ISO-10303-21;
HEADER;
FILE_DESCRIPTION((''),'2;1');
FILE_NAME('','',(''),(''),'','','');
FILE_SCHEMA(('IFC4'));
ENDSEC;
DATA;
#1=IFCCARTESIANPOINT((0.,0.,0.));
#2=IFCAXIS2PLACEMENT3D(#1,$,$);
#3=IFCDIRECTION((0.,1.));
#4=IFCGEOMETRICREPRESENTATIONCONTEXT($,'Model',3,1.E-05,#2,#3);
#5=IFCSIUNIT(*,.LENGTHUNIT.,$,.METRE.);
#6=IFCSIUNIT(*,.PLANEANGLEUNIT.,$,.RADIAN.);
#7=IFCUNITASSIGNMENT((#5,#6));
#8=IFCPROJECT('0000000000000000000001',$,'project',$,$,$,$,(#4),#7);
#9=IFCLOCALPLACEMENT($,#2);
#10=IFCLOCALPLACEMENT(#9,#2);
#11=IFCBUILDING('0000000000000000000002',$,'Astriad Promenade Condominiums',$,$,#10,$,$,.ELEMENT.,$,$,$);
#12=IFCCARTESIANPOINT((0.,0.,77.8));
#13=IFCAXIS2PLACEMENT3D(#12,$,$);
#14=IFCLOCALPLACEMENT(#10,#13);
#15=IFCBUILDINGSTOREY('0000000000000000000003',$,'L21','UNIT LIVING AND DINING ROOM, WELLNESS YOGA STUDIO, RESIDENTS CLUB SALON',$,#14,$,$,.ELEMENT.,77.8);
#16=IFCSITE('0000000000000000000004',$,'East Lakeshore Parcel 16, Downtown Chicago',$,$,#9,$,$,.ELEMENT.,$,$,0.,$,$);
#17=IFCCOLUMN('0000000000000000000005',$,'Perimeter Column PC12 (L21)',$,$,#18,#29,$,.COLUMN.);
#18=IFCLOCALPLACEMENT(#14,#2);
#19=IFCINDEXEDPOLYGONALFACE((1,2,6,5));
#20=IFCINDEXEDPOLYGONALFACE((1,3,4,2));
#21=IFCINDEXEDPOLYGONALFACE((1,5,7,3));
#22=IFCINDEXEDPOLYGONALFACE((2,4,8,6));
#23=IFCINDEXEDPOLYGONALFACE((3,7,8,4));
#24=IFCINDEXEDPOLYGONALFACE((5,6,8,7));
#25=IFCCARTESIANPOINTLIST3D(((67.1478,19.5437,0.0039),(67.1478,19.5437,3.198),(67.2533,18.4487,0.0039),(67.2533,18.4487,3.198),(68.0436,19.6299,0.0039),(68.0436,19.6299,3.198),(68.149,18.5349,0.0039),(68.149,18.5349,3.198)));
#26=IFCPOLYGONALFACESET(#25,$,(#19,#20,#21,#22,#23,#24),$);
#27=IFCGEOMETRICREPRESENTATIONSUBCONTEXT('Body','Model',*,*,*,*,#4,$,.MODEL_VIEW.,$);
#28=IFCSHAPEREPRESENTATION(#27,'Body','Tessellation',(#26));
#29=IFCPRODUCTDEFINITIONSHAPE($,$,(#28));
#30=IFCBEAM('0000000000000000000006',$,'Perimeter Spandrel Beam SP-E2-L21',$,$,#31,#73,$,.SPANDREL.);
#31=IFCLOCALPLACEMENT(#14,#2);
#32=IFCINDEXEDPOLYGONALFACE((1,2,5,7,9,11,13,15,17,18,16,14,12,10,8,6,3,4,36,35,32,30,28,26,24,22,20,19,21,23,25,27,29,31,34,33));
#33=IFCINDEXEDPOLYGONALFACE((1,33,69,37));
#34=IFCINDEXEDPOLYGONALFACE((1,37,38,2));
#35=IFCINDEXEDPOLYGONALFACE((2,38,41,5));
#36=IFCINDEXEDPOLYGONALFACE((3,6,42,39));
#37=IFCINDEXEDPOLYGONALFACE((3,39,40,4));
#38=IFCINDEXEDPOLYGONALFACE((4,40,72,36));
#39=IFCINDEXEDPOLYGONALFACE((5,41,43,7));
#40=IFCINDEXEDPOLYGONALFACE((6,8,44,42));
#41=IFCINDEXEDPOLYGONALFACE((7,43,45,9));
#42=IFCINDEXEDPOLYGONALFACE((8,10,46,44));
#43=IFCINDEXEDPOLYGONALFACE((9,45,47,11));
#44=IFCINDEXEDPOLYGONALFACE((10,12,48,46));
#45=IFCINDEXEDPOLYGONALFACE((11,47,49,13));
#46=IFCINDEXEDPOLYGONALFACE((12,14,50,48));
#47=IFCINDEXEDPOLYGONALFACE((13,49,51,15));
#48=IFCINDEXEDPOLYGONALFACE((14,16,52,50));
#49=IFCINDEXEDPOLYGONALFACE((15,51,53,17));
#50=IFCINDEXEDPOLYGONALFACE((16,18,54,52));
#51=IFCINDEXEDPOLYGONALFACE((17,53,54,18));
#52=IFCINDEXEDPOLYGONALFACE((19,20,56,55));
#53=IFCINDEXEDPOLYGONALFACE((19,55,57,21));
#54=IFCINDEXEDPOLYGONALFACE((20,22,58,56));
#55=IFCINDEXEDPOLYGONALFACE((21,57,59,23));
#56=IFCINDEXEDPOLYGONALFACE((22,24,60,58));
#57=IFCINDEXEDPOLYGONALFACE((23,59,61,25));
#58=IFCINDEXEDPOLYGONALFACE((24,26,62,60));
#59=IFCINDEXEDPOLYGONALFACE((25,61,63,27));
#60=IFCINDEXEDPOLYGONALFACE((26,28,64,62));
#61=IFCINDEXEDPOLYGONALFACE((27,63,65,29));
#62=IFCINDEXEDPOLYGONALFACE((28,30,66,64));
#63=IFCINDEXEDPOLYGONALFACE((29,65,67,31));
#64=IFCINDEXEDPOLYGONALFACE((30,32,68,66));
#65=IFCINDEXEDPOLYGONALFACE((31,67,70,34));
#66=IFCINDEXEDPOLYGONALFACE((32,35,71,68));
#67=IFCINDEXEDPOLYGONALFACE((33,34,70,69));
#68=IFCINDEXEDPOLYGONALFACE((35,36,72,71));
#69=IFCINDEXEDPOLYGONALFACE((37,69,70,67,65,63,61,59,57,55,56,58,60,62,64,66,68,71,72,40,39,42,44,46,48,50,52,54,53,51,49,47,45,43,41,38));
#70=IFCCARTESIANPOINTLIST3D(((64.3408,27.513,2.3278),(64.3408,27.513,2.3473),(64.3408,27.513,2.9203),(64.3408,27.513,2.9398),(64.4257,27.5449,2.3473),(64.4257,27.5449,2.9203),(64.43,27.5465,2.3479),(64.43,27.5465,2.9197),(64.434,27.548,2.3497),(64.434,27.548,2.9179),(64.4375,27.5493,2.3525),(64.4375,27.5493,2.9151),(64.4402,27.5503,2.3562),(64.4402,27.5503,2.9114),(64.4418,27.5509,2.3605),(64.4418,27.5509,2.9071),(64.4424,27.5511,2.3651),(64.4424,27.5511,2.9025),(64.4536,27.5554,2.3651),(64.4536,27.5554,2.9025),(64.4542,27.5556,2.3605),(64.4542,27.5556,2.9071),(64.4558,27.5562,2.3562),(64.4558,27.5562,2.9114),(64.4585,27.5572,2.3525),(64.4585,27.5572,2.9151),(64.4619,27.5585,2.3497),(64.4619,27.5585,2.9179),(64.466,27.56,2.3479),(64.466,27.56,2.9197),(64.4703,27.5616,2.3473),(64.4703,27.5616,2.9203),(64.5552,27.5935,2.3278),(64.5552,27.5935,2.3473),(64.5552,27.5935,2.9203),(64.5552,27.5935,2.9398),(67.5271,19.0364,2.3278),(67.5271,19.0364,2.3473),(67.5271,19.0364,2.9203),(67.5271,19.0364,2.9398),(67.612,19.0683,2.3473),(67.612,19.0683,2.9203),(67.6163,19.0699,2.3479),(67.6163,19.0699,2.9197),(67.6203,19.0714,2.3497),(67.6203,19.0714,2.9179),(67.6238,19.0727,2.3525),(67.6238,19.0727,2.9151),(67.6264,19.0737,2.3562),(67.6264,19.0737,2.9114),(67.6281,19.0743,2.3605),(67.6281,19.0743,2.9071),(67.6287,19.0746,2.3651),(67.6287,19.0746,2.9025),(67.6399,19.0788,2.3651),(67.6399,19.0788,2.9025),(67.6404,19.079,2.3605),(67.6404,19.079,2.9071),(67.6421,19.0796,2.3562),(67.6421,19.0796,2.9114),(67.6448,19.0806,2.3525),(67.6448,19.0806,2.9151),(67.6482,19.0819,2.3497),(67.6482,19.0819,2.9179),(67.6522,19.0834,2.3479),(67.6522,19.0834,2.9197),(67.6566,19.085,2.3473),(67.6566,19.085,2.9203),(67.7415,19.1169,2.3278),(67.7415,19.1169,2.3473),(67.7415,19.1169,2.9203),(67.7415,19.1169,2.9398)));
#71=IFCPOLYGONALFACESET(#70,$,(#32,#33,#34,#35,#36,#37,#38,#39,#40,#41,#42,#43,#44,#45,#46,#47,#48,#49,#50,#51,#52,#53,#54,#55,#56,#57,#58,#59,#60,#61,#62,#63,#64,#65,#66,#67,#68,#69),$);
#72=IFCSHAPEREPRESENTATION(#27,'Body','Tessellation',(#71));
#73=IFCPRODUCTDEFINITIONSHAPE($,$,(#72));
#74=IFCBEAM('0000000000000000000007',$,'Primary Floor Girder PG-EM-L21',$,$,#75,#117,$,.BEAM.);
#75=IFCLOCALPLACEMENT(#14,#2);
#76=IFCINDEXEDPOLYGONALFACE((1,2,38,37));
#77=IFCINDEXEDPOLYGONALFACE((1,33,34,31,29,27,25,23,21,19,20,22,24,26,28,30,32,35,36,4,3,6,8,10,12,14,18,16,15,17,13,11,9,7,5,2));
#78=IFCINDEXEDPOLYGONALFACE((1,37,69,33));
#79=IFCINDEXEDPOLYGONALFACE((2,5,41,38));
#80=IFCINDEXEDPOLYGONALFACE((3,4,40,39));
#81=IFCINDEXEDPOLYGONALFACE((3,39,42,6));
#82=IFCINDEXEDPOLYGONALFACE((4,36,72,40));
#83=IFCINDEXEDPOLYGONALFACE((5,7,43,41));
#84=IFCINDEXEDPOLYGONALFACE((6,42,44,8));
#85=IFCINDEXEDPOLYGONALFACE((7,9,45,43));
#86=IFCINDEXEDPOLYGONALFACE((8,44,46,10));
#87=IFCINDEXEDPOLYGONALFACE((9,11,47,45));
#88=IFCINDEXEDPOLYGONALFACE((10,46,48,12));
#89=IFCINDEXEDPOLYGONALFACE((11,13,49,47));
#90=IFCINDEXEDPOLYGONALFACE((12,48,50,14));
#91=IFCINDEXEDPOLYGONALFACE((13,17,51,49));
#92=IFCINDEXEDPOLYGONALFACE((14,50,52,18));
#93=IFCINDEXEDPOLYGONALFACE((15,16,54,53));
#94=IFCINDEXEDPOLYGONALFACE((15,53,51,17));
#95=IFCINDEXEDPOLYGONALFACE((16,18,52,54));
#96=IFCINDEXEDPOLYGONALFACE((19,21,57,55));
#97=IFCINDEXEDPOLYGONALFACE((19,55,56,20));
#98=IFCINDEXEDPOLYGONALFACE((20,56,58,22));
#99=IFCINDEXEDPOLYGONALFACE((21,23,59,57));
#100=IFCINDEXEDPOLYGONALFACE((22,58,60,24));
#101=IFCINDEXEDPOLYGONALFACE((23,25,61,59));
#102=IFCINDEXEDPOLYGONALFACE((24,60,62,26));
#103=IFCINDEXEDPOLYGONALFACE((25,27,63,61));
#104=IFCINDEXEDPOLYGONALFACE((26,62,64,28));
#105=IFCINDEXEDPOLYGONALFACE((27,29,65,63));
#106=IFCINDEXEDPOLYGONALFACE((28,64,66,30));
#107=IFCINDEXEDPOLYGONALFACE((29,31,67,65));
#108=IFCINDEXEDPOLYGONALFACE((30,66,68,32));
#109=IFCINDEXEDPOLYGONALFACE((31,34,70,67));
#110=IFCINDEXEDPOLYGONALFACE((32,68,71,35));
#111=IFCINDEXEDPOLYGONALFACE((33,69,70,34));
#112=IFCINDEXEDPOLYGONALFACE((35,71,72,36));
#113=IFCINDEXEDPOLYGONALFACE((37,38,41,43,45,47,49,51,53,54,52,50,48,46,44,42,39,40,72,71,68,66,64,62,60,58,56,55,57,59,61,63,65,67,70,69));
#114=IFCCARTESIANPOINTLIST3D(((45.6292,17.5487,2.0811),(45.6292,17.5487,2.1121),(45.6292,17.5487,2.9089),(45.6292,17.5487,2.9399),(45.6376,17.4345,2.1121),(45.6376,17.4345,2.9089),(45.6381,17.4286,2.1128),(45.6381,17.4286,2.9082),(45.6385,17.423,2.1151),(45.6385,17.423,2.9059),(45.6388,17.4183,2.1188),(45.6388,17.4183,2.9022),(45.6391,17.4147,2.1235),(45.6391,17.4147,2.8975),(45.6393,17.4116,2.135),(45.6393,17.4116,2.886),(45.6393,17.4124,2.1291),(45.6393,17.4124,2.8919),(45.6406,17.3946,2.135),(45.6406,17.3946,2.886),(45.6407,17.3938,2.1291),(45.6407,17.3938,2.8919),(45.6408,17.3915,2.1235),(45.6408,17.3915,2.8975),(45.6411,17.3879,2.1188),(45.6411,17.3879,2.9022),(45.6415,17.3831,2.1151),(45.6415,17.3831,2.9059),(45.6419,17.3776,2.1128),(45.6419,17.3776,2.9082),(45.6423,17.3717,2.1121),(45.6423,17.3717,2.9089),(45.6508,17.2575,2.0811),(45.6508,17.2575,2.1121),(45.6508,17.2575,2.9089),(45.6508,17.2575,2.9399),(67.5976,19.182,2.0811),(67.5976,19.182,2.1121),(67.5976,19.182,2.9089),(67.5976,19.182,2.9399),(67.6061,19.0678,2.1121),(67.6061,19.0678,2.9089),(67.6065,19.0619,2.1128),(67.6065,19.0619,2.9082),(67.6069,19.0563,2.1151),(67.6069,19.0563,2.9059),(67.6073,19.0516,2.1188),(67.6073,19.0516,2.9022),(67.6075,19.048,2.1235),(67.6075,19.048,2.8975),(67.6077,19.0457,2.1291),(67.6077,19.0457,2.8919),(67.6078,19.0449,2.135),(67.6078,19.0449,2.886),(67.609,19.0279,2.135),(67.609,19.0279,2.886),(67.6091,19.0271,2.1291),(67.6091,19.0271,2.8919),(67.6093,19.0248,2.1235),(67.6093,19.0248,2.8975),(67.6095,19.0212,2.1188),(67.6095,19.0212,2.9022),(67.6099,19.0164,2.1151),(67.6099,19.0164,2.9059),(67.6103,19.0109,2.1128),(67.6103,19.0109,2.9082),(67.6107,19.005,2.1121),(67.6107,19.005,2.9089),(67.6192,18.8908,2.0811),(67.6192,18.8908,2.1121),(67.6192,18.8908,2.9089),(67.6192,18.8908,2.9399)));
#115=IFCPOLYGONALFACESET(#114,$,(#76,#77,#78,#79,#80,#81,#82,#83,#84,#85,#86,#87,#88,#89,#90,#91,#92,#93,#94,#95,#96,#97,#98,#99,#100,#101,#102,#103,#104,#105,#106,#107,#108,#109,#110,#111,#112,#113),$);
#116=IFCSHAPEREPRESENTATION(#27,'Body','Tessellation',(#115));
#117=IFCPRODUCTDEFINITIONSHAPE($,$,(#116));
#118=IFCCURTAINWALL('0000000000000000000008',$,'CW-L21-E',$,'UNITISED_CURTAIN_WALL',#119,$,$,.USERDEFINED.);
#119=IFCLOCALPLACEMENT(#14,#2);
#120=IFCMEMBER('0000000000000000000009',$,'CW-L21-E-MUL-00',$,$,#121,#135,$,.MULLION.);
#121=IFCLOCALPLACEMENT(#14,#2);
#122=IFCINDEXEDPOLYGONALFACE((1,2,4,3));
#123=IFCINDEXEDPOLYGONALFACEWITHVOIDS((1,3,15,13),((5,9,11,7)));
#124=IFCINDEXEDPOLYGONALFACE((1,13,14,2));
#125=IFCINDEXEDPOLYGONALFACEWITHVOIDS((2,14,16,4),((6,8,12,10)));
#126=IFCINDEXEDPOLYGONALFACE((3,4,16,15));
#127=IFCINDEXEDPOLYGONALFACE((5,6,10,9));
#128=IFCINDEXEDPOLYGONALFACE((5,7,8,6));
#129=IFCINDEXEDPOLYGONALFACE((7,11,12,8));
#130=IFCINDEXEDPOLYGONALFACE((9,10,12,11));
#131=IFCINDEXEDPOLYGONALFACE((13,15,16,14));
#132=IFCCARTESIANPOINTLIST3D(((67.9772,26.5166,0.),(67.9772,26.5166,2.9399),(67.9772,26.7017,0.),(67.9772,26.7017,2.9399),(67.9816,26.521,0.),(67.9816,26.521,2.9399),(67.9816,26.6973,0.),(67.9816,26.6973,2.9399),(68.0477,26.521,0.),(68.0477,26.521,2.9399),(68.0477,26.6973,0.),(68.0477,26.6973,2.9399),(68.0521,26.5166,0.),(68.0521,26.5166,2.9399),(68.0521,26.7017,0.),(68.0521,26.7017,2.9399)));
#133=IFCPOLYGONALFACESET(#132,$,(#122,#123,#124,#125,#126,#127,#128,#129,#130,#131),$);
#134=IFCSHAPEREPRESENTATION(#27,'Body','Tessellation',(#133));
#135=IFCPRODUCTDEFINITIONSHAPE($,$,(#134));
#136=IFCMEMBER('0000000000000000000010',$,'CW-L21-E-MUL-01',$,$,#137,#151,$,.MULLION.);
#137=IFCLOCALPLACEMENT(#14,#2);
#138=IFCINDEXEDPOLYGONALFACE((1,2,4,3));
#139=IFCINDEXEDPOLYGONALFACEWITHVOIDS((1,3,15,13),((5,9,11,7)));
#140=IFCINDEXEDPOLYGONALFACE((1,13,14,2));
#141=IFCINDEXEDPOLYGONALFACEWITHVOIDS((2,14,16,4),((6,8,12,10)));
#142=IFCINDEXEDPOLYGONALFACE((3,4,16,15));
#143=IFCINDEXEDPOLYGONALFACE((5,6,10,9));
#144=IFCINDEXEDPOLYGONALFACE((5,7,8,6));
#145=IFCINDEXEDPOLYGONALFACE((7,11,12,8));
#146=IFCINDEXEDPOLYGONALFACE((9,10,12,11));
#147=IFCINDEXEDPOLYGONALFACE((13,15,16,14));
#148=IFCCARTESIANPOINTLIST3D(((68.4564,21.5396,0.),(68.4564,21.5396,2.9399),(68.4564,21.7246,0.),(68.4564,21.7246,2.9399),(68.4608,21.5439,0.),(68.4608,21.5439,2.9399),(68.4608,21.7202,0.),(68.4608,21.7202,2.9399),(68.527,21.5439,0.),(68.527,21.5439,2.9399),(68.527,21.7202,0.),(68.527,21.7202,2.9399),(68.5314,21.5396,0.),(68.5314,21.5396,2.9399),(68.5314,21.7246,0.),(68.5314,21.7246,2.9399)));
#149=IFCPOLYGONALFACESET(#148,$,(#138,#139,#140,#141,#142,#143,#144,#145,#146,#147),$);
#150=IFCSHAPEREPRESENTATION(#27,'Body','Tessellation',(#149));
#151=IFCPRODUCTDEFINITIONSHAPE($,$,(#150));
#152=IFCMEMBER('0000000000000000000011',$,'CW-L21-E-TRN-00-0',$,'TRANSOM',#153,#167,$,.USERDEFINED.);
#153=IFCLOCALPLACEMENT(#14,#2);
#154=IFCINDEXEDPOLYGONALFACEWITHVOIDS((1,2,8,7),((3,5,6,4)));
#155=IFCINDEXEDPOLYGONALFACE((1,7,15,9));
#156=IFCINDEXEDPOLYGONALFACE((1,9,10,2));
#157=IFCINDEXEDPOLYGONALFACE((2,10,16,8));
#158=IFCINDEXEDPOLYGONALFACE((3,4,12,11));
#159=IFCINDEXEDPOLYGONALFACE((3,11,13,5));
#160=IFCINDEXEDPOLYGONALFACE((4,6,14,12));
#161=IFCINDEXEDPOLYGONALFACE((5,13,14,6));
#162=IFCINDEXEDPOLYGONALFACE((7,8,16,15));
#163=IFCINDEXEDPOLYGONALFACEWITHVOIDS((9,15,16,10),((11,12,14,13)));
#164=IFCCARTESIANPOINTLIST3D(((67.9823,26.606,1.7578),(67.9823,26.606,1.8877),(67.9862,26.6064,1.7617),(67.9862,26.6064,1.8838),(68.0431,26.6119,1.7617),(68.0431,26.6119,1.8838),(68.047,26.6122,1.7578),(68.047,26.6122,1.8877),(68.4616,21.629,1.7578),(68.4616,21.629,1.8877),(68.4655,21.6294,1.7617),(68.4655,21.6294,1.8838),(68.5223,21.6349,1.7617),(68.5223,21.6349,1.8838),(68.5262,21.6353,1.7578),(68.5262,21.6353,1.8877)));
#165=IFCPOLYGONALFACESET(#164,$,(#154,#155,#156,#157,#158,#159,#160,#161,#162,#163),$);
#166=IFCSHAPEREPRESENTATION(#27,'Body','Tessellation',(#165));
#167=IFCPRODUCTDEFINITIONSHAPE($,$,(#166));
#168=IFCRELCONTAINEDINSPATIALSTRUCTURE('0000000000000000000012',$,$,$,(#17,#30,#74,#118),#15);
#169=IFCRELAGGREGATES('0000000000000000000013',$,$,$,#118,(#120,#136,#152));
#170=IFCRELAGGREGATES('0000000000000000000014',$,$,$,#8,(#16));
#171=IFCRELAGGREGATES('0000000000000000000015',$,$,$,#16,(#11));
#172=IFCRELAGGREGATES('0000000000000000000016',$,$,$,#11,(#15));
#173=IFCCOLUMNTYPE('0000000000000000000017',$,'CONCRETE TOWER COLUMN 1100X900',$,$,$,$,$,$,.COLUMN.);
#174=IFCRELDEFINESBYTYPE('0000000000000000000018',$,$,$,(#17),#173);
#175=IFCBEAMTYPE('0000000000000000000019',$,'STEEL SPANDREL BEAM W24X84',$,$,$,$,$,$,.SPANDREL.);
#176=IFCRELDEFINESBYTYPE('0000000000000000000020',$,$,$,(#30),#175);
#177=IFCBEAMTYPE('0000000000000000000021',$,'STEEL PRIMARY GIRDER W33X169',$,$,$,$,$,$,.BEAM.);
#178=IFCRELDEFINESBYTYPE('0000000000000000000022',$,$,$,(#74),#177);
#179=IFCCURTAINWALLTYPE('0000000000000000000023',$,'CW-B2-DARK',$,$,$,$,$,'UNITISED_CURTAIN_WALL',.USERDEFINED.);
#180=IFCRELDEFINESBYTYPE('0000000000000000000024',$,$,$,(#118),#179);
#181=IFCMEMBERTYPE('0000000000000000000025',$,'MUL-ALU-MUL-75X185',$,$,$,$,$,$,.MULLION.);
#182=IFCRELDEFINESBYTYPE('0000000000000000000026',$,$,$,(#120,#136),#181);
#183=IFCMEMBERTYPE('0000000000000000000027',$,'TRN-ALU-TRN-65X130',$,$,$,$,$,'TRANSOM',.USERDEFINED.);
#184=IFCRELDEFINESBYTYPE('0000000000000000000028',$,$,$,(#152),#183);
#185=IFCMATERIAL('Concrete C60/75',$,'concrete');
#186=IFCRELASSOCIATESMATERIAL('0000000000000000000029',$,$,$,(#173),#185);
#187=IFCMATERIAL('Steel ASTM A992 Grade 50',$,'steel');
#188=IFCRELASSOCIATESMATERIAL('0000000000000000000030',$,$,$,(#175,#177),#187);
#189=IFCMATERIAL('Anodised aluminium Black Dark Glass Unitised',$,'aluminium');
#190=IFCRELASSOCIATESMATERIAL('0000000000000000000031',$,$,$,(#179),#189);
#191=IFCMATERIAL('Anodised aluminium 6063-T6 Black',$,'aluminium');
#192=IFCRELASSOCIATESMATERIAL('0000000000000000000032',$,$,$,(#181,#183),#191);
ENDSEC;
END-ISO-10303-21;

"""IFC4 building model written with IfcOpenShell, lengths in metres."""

from ifc_helpers import new_model, si_unit, direction, frame, origin, origin_2d, place, context, subcontext, project, spatial, rectangle, hollow_rectangle, i_section, extrude, source, transform, mapped, material, material_profile, profile_set, type_object, type_shapes, element, aggregate, save


model = new_model("IFC4")

# Units and contexts
model_context = context("Model", 3, precision=1e-05, world=origin(), true_north=direction((0.0, 1.0)))
body_context = subcontext(model_context, "Body", "Model", "MODEL_VIEW")
ifc_project = project(units=[si_unit("LENGTHUNIT", "METRE"), si_unit("PLANEANGLEUNIT", "RADIAN")], contexts=[model_context])

# Site, building, storey
site_placement = place(None, origin())
site = spatial("IfcSite", under=ifc_project, at=site_placement, Name="East Lakeshore Parcel 16, Downtown Chicago", CompositionType="ELEMENT", RefElevation=0.0)
building_placement = place(site_placement, origin())
building = spatial("IfcBuilding", under=site, at=building_placement, Name="Astriad Promenade Condominiums", CompositionType="ELEMENT")
storey_placement = place(building_placement, frame((0.0, 0.0, 77.8)))
storey = spatial("IfcBuildingStorey", under=building, at=storey_placement, Name="L21", Description="UNIT LIVING AND DINING ROOM, WELLNESS YOGA STUDIO, RESIDENTS CLUB SALON", CompositionType="ELEMENT", Elevation=77.8)

# Column
ifc_material_1 = material(Name="Concrete C60/75", Category="concrete")
ifc_material_profile_1 = material_profile(ifc_material_1, rectangle(XDim=0.8999, YDim=1.1001, at=origin_2d()), Name="RC-COL-1100X900")
ifc_profile_set_1 = profile_set([ifc_material_profile_1], Name="Concrete C60/75")
column_type = type_object("IfcColumnType", Name="CONCRETE TOWER COLUMN 1100X900", PredefinedType="COLUMN", material=ifc_profile_set_1)
shared_shape_1 = source(origin(), body_context, "Body", "SweptSolid", [
    extrude(rectangle(XDim=0.8999, YDim=1.1001, at=origin_2d()), origin(), (0.0, 0.0, 1.0), 3.1941),
])
type_shapes(column_type, [shared_shape_1])
column_placement = place(storey_placement, frame((67.6484, 19.0393, 0.0039), z_axis=(0.0, 0.0, 1.0), x_axis=(0.995396, 0.095846, 0.0)))
element("IfcColumn", 1, at=column_placement, inside=storey, type_object=column_type, Name="Perimeter Column PC12 (L21)", PredefinedType="COLUMN", context=body_context, shape_type="MappedRepresentation", body=[
    mapped(shared_shape_1, transform((0.0, 0.0, 0.0), scale=1.0)),
])

# Beams
ifc_material_2 = material(Name="Steel ASTM A992 Grade 50", Category="steel")
ifc_material_profile_2 = material_profile(ifc_material_2, i_section(OverallWidth=0.229, OverallDepth=0.6121, WebThickness=0.012, FlangeThickness=0.0195, FilletRadius=0.0178, at=origin_2d()), Name="W24X84")
ifc_profile_set_2 = profile_set([ifc_material_profile_2], Name="Steel ASTM A992 Grade 50")
beam_type_1 = type_object("IfcBeamType", Name="STEEL SPANDREL BEAM W24X84", PredefinedType="SPANDREL", material=ifc_profile_set_2)
shared_shape_2 = source(origin(), body_context, "Body", "SweptSolid", [
    extrude(i_section(OverallWidth=0.229, OverallDepth=0.6121, WebThickness=0.012, FlangeThickness=0.0195, FilletRadius=0.0178, at=origin_2d()), origin(), (0.0, 0.0, 1.0), 9.0557),
])
type_shapes(beam_type_1, [shared_shape_2])
beam_1_placement = place(storey_placement, frame((67.6343, 19.0767, 2.6338), z_axis=(-0.351856, 0.936054, 0.0), x_axis=(-0.936054, -0.351856, 0.0)))
element("IfcBeam", 2, at=beam_1_placement, inside=storey, type_object=beam_type_1, Name="Perimeter Spandrel Beam SP-E2-L21", PredefinedType="SPANDREL", context=body_context, shape_type="MappedRepresentation", body=[
    mapped(shared_shape_2, transform((0.0, 0.0, 0.0), scale=1.0)),
])
ifc_material_profile_3 = material_profile(ifc_material_2, i_section(OverallWidth=0.292, OverallDepth=0.8589, WebThickness=0.0171, FlangeThickness=0.031, FilletRadius=0.0229, at=origin_2d()), Name="W33X169")
ifc_profile_set_3 = profile_set([ifc_material_profile_3], Name="Steel ASTM A992 Grade 50")
beam_type_2 = type_object("IfcBeamType", Name="STEEL PRIMARY GIRDER W33X169", PredefinedType="BEAM", material=ifc_profile_set_3)
shared_shape_3 = source(origin(), body_context, "Body", "SweptSolid", [
    extrude(i_section(OverallWidth=0.292, OverallDepth=0.8589, WebThickness=0.0171, FlangeThickness=0.031, FilletRadius=0.0229, at=origin_2d()), origin(), (0.0, 0.0, 1.0), 22.0291),
])
type_shapes(beam_type_2, [shared_shape_3])
beam_2_placement = place(storey_placement, frame((67.6084, 19.0364, 2.5105), z_axis=(-0.997248, -0.074143, 0.0), x_axis=(0.074143, -0.997248, 0.0)))
element("IfcBeam", 3, at=beam_2_placement, inside=storey, type_object=beam_type_2, Name="Primary Floor Girder PG-EM-L21", PredefinedType="BEAM", context=body_context, shape_type="MappedRepresentation", body=[
    mapped(shared_shape_3, transform((0.0, 0.0, 0.0), scale=1.0)),
])

# Curtain wall, members
ifc_material_3 = material(Name="Anodised aluminium Black Dark Glass Unitised", Category="aluminium")
curtain_wall_type = type_object("IfcCurtainWallType", Name="CW-B2-DARK", ElementType="UNITISED_CURTAIN_WALL", PredefinedType="USERDEFINED", material=ifc_material_3)
curtain_wall_placement = place(storey_placement, origin())
curtain_wall = element("IfcCurtainWall", 4, at=curtain_wall_placement, inside=storey, type_object=curtain_wall_type, Name="CW-L21-E", ObjectType="UNITISED_CURTAIN_WALL", PredefinedType="USERDEFINED")
ifc_material_4 = material(Name="Anodised aluminium 6063-T6 Black", Category="aluminium")
ifc_material_profile_4 = material_profile(ifc_material_4, hollow_rectangle(XDim=0.075, YDim=0.1851, WallThickness=0.0044, at=origin_2d()), Name="ALU-MUL-75X185")
ifc_profile_set_4 = profile_set([ifc_material_profile_4], Name="Anodised aluminium 6063-T6 Black")
member_type_1 = type_object("IfcMemberType", Name="MUL-ALU-MUL-75X185", PredefinedType="MULLION", material=ifc_profile_set_4)
shared_shape_4 = source(origin(), body_context, "Body", "SweptSolid", [
    extrude(hollow_rectangle(XDim=0.075, YDim=0.1851, WallThickness=0.0044, at=origin_2d()), origin(), (0.0, 0.0, 1.0), 2.9399),
])
type_shapes(member_type_1, [shared_shape_4])
member_1_placement = place(storey_placement, frame((68.0146, 26.6091, 0.0), z_axis=(0.0, 0.0, 1.0), x_axis=(1.0, 0.0, 0.0)))
member_1 = element("IfcMember", 5, at=member_1_placement, type_object=member_type_1, Name="CW-L21-E-MUL-00", PredefinedType="MULLION", context=body_context, shape_type="MappedRepresentation", body=[
    mapped(shared_shape_4, transform((0.0, 0.0, 0.0), scale=1.0)),
])
member_2_placement = place(storey_placement, frame((68.4939, 21.6321, 0.0), z_axis=(0.0, 0.0, 1.0), x_axis=(1.0, 0.0, 0.0)))
member_2 = element("IfcMember", 6, at=member_2_placement, type_object=member_type_1, Name="CW-L21-E-MUL-01", PredefinedType="MULLION", context=body_context, shape_type="MappedRepresentation", body=[
    mapped(shared_shape_4, transform((0.0, 0.0, 0.0), scale=1.0)),
])
ifc_material_profile_5 = material_profile(ifc_material_4, hollow_rectangle(XDim=0.0649, YDim=0.1299, WallThickness=0.0039, at=origin_2d()), Name="ALU-TRN-65X130")
ifc_profile_set_5 = profile_set([ifc_material_profile_5], Name="Anodised aluminium 6063-T6 Black")
member_type_2 = type_object("IfcMemberType", Name="TRN-ALU-TRN-65X130", ElementType="TRANSOM", PredefinedType="USERDEFINED", material=ifc_profile_set_5)
shared_shape_5 = source(origin(), body_context, "Body", "SweptSolid", [
    extrude(hollow_rectangle(XDim=0.0649, YDim=0.1299, WallThickness=0.0039, at=origin_2d()), origin(), (0.0, 0.0, 1.0), 5.0),
])
member_3_placement = place(storey_placement, frame((68.0146, 26.6091, 1.8228), z_axis=(0.095848, -0.995396, 0.0), x_axis=(0.995396, 0.095848, 0.0)))
member_3 = element("IfcMember", 7, at=member_3_placement, type_object=member_type_2, Name="CW-L21-E-TRN-00-0", ObjectType="TRANSOM", PredefinedType="USERDEFINED", context=body_context, shape_type="MappedRepresentation", body=[
    mapped(shared_shape_5, transform((0.0, 0.0, 0.0), scale=1.0)),
])
aggregate(curtain_wall, [member_1, member_2, member_3])

save(model, "model.ifc")
